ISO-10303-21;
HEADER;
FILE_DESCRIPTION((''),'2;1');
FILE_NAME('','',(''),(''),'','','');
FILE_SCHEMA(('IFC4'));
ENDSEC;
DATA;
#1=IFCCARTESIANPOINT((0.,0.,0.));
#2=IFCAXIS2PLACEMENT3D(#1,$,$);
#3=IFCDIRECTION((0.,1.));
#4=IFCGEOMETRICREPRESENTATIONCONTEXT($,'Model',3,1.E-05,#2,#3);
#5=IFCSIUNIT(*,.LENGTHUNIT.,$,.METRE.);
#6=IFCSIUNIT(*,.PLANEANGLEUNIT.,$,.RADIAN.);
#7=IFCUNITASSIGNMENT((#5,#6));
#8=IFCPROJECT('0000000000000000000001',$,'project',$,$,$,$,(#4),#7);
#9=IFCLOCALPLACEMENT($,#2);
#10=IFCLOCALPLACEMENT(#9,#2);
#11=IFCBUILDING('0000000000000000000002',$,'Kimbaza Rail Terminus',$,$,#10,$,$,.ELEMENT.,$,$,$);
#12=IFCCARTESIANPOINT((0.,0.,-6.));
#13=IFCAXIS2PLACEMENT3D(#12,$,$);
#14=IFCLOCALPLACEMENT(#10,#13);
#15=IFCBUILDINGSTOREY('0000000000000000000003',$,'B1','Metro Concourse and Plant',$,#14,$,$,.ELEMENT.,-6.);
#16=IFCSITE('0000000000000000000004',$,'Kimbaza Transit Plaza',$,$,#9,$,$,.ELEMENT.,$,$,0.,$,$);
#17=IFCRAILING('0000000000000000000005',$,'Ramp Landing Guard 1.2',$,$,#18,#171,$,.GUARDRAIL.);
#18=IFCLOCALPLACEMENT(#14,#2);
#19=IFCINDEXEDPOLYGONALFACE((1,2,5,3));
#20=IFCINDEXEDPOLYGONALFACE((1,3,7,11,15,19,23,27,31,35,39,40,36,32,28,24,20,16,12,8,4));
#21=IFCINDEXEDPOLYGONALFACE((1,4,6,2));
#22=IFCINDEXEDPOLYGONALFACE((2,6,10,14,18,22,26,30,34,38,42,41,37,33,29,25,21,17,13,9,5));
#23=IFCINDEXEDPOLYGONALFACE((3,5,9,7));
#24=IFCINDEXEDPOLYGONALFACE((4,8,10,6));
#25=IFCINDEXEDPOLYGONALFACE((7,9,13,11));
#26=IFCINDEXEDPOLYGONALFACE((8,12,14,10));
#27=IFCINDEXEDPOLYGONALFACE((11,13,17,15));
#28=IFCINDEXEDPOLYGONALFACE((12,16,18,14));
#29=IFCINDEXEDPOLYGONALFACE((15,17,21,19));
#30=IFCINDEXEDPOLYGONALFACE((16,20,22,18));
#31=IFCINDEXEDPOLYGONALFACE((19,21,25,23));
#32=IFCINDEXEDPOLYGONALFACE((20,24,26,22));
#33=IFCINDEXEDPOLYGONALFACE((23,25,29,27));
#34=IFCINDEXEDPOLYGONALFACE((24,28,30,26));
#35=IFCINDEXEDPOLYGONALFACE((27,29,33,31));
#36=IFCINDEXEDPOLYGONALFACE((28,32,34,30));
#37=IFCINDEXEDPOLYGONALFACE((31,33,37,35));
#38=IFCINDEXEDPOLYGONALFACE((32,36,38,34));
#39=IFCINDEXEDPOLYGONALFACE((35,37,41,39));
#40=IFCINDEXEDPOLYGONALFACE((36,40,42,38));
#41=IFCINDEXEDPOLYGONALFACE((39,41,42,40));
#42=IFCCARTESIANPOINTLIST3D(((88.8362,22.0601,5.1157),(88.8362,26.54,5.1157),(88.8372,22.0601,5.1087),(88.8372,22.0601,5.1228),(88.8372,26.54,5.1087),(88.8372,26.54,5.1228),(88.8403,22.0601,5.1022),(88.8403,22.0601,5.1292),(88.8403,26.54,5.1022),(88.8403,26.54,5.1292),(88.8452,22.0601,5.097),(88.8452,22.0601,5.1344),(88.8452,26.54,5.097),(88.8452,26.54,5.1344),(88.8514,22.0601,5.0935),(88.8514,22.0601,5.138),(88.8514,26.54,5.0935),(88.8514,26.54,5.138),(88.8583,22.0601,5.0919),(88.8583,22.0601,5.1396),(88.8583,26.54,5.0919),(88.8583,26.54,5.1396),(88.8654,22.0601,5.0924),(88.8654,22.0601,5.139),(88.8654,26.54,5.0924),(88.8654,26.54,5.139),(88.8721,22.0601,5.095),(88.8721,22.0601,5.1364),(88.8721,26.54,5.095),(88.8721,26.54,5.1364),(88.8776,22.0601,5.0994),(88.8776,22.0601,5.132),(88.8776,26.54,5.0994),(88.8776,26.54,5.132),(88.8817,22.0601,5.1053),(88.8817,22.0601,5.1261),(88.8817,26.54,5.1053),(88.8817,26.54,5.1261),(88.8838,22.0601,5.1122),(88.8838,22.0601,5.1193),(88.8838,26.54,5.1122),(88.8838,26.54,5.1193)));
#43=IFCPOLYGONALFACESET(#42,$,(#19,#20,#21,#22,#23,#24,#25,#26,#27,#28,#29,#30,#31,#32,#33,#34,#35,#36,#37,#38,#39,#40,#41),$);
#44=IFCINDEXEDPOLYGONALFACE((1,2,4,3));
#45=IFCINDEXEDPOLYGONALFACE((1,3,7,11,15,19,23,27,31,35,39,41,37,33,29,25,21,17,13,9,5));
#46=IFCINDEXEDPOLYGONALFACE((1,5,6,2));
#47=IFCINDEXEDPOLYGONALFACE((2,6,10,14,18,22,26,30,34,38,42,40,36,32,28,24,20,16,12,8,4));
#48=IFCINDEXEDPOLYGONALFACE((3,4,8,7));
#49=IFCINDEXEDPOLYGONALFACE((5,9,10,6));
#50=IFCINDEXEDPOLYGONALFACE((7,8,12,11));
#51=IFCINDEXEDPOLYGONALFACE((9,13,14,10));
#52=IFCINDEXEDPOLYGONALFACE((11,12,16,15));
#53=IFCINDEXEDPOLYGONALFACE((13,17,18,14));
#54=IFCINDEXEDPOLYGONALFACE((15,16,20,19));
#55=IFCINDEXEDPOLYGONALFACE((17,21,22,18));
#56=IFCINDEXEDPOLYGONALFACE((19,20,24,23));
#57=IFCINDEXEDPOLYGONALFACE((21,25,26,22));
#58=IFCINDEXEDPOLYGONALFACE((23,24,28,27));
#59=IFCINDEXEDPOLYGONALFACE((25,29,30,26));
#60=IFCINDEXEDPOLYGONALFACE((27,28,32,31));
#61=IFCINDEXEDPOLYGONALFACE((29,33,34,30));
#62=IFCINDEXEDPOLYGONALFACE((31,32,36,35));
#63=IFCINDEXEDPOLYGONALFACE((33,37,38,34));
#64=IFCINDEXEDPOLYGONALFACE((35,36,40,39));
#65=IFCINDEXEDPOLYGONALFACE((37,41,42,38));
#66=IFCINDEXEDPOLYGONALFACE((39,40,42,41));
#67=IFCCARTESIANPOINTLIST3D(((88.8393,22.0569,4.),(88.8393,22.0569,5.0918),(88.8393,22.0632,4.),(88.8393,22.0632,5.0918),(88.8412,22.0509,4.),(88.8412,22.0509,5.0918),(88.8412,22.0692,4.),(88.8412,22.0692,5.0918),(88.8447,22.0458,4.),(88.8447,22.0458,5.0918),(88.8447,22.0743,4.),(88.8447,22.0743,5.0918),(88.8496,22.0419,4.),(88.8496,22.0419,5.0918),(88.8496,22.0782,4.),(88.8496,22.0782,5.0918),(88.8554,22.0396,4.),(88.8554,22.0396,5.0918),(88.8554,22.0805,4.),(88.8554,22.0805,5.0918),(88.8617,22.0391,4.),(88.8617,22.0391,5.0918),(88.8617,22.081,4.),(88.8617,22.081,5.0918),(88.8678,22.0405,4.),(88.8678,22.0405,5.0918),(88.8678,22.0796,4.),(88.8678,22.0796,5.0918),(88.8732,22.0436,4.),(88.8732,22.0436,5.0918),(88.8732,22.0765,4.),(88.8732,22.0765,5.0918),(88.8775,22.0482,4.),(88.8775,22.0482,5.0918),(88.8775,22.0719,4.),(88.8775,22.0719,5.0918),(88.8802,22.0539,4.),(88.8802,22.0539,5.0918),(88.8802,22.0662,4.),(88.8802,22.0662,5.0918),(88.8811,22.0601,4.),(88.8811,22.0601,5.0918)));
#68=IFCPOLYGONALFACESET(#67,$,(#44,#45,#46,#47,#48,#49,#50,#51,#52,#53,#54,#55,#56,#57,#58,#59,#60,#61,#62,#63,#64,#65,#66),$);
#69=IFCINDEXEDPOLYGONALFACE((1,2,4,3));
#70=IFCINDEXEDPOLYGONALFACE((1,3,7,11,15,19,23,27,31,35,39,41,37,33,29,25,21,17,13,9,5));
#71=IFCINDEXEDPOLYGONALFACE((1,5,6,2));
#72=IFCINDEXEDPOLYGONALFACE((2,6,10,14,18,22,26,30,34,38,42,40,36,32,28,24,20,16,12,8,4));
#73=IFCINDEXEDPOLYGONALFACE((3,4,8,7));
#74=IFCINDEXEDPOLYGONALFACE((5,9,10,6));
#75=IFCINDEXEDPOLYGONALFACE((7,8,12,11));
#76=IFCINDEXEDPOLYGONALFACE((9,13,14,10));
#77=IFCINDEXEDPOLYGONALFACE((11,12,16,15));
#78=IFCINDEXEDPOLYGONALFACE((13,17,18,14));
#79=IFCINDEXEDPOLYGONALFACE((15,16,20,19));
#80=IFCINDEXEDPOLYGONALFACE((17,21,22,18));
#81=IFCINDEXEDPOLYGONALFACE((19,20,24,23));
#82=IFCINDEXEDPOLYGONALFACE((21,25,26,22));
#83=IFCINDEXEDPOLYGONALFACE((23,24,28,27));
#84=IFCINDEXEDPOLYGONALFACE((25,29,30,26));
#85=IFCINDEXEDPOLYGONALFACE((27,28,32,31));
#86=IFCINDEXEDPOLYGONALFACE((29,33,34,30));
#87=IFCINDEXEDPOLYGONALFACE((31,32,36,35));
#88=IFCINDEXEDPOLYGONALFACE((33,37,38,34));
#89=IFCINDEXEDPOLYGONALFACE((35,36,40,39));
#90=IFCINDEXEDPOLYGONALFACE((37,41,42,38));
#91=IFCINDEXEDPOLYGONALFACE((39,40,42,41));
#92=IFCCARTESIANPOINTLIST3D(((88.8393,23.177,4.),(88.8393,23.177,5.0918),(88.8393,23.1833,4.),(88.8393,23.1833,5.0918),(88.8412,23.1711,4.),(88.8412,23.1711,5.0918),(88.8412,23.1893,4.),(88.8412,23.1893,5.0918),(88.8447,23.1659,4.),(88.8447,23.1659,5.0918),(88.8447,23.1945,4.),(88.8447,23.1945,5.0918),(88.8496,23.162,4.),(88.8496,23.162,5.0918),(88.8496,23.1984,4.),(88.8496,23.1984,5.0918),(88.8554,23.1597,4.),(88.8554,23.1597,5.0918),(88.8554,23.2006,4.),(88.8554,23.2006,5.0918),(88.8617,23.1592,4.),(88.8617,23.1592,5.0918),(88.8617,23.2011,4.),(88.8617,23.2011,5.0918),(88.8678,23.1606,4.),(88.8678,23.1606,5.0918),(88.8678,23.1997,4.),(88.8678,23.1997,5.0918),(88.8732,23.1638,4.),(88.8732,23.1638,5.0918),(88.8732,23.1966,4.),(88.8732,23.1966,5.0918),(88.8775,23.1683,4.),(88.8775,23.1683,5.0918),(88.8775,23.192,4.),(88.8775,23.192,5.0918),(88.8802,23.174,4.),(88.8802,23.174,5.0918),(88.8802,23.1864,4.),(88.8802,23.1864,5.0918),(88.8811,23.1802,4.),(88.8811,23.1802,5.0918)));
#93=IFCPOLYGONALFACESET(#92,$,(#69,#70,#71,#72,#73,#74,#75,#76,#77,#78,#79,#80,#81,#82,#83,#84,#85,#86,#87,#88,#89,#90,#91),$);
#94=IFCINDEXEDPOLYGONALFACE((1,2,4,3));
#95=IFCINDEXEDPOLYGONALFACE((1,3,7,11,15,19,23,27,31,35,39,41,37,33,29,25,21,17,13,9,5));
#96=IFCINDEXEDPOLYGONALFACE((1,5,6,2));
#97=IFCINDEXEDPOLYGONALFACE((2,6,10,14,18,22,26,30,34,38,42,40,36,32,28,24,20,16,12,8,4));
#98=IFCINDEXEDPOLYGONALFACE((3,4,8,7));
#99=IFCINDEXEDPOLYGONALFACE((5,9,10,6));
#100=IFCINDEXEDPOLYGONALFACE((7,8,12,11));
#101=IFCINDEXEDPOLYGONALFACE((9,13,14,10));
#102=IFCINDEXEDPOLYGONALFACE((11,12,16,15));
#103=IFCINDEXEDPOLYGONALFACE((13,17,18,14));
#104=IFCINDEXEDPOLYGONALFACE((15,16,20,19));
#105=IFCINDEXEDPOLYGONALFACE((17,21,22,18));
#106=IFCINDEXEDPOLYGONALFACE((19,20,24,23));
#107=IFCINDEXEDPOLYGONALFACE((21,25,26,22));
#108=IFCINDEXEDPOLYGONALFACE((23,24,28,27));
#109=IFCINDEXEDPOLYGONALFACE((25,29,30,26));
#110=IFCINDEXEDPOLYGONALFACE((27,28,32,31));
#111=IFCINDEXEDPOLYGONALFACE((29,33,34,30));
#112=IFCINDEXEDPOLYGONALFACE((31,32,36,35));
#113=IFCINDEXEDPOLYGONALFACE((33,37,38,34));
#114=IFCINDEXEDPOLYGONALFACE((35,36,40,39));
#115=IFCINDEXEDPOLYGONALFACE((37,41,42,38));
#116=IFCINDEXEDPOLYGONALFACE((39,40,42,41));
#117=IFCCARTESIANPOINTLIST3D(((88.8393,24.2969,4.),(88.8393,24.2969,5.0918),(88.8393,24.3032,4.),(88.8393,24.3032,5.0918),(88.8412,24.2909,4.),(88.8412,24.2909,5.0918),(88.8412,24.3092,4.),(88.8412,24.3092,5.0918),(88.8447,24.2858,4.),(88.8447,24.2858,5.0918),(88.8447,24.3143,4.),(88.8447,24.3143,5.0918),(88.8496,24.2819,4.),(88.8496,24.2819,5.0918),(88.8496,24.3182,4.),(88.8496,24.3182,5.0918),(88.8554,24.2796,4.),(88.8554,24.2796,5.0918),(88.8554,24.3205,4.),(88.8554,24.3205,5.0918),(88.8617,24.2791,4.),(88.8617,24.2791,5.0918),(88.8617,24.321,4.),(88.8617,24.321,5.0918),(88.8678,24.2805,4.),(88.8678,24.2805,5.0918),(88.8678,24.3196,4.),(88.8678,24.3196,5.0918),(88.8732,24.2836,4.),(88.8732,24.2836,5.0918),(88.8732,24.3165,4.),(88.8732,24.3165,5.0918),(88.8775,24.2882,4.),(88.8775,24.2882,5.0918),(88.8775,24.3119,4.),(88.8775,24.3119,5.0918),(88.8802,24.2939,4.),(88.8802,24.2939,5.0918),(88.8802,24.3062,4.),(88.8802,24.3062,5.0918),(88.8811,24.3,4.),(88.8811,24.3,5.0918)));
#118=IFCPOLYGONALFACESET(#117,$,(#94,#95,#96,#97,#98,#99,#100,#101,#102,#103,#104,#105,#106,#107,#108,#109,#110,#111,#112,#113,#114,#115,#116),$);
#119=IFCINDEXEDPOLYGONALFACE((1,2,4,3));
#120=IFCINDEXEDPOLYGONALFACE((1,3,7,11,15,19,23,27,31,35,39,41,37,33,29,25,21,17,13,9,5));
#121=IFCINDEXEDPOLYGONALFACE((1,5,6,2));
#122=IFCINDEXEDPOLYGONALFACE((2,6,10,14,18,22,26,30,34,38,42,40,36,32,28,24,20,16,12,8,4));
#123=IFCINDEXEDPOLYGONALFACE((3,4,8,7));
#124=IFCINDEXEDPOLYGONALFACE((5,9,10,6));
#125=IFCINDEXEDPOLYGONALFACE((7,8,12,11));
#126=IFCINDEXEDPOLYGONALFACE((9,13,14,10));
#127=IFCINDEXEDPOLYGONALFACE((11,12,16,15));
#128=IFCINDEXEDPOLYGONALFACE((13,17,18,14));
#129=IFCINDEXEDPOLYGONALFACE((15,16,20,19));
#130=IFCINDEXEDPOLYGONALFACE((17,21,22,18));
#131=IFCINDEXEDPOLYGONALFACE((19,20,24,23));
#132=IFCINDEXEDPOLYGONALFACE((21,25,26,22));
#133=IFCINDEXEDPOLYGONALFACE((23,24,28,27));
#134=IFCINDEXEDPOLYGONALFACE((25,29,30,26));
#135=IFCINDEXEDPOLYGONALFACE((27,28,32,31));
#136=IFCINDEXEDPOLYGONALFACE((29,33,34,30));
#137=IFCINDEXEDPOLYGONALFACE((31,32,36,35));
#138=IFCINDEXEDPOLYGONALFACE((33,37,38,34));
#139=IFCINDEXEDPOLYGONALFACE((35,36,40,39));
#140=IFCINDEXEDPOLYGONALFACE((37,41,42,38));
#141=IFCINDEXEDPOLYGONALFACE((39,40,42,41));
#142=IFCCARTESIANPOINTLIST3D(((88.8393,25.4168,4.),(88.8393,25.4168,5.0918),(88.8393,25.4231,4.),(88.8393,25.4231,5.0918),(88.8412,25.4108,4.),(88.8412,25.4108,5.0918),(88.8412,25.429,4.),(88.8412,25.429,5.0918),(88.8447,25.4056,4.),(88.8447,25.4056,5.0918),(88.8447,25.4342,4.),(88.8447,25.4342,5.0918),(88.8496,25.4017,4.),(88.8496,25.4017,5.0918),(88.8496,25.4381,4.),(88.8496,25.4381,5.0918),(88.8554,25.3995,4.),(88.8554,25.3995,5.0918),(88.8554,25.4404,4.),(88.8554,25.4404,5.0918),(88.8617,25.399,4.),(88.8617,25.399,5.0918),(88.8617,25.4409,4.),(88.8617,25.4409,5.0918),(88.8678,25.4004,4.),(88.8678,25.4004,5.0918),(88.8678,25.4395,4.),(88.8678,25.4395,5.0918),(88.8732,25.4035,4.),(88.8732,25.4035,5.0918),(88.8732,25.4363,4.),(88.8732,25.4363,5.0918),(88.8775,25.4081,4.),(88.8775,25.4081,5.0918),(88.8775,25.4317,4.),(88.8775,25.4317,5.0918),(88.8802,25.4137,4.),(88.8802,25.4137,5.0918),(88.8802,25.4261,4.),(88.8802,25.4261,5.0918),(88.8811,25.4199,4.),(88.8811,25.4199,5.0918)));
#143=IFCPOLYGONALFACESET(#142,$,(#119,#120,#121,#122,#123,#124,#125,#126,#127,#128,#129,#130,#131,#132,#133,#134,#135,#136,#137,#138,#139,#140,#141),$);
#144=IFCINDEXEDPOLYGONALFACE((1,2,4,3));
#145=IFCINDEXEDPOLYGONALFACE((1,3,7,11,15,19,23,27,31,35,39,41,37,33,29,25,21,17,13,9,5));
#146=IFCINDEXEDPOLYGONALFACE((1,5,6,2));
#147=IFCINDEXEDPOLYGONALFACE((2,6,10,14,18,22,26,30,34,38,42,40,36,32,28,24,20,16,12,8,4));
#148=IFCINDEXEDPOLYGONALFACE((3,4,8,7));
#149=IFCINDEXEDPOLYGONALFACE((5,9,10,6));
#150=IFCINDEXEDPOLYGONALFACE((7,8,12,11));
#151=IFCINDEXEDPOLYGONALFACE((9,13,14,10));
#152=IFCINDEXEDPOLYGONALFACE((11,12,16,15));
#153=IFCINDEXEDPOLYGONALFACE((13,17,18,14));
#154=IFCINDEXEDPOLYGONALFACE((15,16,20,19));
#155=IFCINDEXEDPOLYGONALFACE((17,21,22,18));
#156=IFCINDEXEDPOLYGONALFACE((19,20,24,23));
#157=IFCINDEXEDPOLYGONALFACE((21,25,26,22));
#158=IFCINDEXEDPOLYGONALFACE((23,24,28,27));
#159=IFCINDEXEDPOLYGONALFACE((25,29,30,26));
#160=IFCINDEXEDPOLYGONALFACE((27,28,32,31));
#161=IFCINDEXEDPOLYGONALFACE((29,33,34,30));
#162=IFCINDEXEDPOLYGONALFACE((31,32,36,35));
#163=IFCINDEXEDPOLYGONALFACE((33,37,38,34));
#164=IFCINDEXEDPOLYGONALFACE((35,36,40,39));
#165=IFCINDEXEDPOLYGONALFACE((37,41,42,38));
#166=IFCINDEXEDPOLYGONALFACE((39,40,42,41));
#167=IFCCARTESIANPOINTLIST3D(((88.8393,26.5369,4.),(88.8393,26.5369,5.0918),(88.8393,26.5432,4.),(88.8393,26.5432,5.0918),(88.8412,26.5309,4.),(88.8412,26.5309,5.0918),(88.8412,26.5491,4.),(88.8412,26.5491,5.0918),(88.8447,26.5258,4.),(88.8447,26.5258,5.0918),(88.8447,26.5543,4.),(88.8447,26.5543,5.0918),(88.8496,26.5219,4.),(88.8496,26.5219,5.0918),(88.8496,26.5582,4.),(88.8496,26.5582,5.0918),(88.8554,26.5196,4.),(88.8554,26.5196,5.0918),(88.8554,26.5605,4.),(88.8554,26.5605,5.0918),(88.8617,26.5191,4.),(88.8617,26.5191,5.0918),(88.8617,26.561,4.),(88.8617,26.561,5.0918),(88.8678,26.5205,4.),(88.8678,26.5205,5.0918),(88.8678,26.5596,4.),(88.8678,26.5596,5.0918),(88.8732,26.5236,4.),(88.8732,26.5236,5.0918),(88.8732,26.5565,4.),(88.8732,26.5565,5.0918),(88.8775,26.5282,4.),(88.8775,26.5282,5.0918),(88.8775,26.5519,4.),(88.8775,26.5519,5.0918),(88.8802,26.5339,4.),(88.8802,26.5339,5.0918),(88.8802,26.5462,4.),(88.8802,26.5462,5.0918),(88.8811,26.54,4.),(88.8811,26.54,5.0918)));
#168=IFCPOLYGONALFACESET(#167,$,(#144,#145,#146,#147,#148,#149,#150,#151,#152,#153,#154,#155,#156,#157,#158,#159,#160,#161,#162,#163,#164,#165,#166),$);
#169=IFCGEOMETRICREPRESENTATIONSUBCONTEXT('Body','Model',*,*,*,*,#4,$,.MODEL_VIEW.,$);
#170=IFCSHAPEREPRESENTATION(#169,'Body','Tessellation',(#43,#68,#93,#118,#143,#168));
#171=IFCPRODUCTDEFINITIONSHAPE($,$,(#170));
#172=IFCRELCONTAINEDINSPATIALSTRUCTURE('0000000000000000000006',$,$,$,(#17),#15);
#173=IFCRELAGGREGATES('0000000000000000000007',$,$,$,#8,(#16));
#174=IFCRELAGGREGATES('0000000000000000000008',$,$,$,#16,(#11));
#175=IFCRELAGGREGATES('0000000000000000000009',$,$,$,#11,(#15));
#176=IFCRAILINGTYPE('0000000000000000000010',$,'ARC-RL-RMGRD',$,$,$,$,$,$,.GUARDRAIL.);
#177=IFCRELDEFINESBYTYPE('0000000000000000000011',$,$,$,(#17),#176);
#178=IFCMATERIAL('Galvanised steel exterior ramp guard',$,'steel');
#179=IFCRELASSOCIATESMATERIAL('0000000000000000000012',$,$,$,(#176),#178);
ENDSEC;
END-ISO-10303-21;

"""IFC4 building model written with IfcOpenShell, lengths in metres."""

from ifc_helpers import new_model, si_unit, direction, frame, origin, origin_2d, place, context, subcontext, project, spatial, circle, extrude, material, type_object, element, save


model = new_model("IFC4")

# Units and contexts
model_context = context("Model", 3, precision=1e-05, world=origin(), true_north=direction((0.0, 1.0)))
body_context = subcontext(model_context, "Body", "Model", "MODEL_VIEW")
ifc_project = project(units=[si_unit("LENGTHUNIT", "METRE"), si_unit("PLANEANGLEUNIT", "RADIAN")], contexts=[model_context])

# Site, building, storey
site_placement = place(None, origin())
site = spatial("IfcSite", under=ifc_project, at=site_placement, Name="Kimbaza Transit Plaza", CompositionType="ELEMENT", RefElevation=0.0)
building_placement = place(site_placement, origin())
building = spatial("IfcBuilding", under=site, at=building_placement, Name="Kimbaza Rail Terminus", CompositionType="ELEMENT")
storey_placement = place(building_placement, frame((0.0, 0.0, -6.0)))
storey = spatial("IfcBuildingStorey", under=building, at=storey_placement, Name="B1", Description="Metro Concourse and Plant", CompositionType="ELEMENT", Elevation=-6.0)

# Railing
ifc_material_1 = material(Name="Galvanised steel exterior ramp guard", Category="steel")
railing_type_1 = type_object("IfcRailingType", Name="ARC-RL-RMGRD", PredefinedType="GUARDRAIL", material=ifc_material_1)
railing_1_placement = place(storey_placement, frame((88.8601, 22.0601, 4.0)))
element("IfcRailing", 1, at=railing_1_placement, inside=storey, type_object=railing_type_1, Name="Ramp Landing Guard 1.2", PredefinedType="GUARDRAIL", context=body_context, shape_type="SweptSolid", body=[
    extrude(circle(Radius=0.0239, at=origin_2d()), frame((0.0, 0.0, 1.1157), z_axis=(0.0, 1.0, 0.0), x_axis=(-1.0, 0.0, 0.0)), (0.0, 0.0, 1.0), 4.48),
    extrude(circle(Radius=0.021, at=origin_2d()), origin(), (0.0, 0.0, 1.0), 1.0918),
    extrude(circle(Radius=0.021, at=origin_2d()), frame((0.0, 1.1201, 0.0)), (0.0, 0.0, 1.0), 1.0918),
    extrude(circle(Radius=0.021, at=origin_2d()), frame((0.0, 2.24, 0.0)), (0.0, 0.0, 1.0), 1.0918),
    extrude(circle(Radius=0.021, at=origin_2d()), frame((0.0, 3.3599, 0.0)), (0.0, 0.0, 1.0), 1.0918),
    extrude(circle(Radius=0.021, at=origin_2d()), frame((0.0, 4.48, 0.0)), (0.0, 0.0, 1.0), 1.0918),
])

save(model, "model.ifc")
